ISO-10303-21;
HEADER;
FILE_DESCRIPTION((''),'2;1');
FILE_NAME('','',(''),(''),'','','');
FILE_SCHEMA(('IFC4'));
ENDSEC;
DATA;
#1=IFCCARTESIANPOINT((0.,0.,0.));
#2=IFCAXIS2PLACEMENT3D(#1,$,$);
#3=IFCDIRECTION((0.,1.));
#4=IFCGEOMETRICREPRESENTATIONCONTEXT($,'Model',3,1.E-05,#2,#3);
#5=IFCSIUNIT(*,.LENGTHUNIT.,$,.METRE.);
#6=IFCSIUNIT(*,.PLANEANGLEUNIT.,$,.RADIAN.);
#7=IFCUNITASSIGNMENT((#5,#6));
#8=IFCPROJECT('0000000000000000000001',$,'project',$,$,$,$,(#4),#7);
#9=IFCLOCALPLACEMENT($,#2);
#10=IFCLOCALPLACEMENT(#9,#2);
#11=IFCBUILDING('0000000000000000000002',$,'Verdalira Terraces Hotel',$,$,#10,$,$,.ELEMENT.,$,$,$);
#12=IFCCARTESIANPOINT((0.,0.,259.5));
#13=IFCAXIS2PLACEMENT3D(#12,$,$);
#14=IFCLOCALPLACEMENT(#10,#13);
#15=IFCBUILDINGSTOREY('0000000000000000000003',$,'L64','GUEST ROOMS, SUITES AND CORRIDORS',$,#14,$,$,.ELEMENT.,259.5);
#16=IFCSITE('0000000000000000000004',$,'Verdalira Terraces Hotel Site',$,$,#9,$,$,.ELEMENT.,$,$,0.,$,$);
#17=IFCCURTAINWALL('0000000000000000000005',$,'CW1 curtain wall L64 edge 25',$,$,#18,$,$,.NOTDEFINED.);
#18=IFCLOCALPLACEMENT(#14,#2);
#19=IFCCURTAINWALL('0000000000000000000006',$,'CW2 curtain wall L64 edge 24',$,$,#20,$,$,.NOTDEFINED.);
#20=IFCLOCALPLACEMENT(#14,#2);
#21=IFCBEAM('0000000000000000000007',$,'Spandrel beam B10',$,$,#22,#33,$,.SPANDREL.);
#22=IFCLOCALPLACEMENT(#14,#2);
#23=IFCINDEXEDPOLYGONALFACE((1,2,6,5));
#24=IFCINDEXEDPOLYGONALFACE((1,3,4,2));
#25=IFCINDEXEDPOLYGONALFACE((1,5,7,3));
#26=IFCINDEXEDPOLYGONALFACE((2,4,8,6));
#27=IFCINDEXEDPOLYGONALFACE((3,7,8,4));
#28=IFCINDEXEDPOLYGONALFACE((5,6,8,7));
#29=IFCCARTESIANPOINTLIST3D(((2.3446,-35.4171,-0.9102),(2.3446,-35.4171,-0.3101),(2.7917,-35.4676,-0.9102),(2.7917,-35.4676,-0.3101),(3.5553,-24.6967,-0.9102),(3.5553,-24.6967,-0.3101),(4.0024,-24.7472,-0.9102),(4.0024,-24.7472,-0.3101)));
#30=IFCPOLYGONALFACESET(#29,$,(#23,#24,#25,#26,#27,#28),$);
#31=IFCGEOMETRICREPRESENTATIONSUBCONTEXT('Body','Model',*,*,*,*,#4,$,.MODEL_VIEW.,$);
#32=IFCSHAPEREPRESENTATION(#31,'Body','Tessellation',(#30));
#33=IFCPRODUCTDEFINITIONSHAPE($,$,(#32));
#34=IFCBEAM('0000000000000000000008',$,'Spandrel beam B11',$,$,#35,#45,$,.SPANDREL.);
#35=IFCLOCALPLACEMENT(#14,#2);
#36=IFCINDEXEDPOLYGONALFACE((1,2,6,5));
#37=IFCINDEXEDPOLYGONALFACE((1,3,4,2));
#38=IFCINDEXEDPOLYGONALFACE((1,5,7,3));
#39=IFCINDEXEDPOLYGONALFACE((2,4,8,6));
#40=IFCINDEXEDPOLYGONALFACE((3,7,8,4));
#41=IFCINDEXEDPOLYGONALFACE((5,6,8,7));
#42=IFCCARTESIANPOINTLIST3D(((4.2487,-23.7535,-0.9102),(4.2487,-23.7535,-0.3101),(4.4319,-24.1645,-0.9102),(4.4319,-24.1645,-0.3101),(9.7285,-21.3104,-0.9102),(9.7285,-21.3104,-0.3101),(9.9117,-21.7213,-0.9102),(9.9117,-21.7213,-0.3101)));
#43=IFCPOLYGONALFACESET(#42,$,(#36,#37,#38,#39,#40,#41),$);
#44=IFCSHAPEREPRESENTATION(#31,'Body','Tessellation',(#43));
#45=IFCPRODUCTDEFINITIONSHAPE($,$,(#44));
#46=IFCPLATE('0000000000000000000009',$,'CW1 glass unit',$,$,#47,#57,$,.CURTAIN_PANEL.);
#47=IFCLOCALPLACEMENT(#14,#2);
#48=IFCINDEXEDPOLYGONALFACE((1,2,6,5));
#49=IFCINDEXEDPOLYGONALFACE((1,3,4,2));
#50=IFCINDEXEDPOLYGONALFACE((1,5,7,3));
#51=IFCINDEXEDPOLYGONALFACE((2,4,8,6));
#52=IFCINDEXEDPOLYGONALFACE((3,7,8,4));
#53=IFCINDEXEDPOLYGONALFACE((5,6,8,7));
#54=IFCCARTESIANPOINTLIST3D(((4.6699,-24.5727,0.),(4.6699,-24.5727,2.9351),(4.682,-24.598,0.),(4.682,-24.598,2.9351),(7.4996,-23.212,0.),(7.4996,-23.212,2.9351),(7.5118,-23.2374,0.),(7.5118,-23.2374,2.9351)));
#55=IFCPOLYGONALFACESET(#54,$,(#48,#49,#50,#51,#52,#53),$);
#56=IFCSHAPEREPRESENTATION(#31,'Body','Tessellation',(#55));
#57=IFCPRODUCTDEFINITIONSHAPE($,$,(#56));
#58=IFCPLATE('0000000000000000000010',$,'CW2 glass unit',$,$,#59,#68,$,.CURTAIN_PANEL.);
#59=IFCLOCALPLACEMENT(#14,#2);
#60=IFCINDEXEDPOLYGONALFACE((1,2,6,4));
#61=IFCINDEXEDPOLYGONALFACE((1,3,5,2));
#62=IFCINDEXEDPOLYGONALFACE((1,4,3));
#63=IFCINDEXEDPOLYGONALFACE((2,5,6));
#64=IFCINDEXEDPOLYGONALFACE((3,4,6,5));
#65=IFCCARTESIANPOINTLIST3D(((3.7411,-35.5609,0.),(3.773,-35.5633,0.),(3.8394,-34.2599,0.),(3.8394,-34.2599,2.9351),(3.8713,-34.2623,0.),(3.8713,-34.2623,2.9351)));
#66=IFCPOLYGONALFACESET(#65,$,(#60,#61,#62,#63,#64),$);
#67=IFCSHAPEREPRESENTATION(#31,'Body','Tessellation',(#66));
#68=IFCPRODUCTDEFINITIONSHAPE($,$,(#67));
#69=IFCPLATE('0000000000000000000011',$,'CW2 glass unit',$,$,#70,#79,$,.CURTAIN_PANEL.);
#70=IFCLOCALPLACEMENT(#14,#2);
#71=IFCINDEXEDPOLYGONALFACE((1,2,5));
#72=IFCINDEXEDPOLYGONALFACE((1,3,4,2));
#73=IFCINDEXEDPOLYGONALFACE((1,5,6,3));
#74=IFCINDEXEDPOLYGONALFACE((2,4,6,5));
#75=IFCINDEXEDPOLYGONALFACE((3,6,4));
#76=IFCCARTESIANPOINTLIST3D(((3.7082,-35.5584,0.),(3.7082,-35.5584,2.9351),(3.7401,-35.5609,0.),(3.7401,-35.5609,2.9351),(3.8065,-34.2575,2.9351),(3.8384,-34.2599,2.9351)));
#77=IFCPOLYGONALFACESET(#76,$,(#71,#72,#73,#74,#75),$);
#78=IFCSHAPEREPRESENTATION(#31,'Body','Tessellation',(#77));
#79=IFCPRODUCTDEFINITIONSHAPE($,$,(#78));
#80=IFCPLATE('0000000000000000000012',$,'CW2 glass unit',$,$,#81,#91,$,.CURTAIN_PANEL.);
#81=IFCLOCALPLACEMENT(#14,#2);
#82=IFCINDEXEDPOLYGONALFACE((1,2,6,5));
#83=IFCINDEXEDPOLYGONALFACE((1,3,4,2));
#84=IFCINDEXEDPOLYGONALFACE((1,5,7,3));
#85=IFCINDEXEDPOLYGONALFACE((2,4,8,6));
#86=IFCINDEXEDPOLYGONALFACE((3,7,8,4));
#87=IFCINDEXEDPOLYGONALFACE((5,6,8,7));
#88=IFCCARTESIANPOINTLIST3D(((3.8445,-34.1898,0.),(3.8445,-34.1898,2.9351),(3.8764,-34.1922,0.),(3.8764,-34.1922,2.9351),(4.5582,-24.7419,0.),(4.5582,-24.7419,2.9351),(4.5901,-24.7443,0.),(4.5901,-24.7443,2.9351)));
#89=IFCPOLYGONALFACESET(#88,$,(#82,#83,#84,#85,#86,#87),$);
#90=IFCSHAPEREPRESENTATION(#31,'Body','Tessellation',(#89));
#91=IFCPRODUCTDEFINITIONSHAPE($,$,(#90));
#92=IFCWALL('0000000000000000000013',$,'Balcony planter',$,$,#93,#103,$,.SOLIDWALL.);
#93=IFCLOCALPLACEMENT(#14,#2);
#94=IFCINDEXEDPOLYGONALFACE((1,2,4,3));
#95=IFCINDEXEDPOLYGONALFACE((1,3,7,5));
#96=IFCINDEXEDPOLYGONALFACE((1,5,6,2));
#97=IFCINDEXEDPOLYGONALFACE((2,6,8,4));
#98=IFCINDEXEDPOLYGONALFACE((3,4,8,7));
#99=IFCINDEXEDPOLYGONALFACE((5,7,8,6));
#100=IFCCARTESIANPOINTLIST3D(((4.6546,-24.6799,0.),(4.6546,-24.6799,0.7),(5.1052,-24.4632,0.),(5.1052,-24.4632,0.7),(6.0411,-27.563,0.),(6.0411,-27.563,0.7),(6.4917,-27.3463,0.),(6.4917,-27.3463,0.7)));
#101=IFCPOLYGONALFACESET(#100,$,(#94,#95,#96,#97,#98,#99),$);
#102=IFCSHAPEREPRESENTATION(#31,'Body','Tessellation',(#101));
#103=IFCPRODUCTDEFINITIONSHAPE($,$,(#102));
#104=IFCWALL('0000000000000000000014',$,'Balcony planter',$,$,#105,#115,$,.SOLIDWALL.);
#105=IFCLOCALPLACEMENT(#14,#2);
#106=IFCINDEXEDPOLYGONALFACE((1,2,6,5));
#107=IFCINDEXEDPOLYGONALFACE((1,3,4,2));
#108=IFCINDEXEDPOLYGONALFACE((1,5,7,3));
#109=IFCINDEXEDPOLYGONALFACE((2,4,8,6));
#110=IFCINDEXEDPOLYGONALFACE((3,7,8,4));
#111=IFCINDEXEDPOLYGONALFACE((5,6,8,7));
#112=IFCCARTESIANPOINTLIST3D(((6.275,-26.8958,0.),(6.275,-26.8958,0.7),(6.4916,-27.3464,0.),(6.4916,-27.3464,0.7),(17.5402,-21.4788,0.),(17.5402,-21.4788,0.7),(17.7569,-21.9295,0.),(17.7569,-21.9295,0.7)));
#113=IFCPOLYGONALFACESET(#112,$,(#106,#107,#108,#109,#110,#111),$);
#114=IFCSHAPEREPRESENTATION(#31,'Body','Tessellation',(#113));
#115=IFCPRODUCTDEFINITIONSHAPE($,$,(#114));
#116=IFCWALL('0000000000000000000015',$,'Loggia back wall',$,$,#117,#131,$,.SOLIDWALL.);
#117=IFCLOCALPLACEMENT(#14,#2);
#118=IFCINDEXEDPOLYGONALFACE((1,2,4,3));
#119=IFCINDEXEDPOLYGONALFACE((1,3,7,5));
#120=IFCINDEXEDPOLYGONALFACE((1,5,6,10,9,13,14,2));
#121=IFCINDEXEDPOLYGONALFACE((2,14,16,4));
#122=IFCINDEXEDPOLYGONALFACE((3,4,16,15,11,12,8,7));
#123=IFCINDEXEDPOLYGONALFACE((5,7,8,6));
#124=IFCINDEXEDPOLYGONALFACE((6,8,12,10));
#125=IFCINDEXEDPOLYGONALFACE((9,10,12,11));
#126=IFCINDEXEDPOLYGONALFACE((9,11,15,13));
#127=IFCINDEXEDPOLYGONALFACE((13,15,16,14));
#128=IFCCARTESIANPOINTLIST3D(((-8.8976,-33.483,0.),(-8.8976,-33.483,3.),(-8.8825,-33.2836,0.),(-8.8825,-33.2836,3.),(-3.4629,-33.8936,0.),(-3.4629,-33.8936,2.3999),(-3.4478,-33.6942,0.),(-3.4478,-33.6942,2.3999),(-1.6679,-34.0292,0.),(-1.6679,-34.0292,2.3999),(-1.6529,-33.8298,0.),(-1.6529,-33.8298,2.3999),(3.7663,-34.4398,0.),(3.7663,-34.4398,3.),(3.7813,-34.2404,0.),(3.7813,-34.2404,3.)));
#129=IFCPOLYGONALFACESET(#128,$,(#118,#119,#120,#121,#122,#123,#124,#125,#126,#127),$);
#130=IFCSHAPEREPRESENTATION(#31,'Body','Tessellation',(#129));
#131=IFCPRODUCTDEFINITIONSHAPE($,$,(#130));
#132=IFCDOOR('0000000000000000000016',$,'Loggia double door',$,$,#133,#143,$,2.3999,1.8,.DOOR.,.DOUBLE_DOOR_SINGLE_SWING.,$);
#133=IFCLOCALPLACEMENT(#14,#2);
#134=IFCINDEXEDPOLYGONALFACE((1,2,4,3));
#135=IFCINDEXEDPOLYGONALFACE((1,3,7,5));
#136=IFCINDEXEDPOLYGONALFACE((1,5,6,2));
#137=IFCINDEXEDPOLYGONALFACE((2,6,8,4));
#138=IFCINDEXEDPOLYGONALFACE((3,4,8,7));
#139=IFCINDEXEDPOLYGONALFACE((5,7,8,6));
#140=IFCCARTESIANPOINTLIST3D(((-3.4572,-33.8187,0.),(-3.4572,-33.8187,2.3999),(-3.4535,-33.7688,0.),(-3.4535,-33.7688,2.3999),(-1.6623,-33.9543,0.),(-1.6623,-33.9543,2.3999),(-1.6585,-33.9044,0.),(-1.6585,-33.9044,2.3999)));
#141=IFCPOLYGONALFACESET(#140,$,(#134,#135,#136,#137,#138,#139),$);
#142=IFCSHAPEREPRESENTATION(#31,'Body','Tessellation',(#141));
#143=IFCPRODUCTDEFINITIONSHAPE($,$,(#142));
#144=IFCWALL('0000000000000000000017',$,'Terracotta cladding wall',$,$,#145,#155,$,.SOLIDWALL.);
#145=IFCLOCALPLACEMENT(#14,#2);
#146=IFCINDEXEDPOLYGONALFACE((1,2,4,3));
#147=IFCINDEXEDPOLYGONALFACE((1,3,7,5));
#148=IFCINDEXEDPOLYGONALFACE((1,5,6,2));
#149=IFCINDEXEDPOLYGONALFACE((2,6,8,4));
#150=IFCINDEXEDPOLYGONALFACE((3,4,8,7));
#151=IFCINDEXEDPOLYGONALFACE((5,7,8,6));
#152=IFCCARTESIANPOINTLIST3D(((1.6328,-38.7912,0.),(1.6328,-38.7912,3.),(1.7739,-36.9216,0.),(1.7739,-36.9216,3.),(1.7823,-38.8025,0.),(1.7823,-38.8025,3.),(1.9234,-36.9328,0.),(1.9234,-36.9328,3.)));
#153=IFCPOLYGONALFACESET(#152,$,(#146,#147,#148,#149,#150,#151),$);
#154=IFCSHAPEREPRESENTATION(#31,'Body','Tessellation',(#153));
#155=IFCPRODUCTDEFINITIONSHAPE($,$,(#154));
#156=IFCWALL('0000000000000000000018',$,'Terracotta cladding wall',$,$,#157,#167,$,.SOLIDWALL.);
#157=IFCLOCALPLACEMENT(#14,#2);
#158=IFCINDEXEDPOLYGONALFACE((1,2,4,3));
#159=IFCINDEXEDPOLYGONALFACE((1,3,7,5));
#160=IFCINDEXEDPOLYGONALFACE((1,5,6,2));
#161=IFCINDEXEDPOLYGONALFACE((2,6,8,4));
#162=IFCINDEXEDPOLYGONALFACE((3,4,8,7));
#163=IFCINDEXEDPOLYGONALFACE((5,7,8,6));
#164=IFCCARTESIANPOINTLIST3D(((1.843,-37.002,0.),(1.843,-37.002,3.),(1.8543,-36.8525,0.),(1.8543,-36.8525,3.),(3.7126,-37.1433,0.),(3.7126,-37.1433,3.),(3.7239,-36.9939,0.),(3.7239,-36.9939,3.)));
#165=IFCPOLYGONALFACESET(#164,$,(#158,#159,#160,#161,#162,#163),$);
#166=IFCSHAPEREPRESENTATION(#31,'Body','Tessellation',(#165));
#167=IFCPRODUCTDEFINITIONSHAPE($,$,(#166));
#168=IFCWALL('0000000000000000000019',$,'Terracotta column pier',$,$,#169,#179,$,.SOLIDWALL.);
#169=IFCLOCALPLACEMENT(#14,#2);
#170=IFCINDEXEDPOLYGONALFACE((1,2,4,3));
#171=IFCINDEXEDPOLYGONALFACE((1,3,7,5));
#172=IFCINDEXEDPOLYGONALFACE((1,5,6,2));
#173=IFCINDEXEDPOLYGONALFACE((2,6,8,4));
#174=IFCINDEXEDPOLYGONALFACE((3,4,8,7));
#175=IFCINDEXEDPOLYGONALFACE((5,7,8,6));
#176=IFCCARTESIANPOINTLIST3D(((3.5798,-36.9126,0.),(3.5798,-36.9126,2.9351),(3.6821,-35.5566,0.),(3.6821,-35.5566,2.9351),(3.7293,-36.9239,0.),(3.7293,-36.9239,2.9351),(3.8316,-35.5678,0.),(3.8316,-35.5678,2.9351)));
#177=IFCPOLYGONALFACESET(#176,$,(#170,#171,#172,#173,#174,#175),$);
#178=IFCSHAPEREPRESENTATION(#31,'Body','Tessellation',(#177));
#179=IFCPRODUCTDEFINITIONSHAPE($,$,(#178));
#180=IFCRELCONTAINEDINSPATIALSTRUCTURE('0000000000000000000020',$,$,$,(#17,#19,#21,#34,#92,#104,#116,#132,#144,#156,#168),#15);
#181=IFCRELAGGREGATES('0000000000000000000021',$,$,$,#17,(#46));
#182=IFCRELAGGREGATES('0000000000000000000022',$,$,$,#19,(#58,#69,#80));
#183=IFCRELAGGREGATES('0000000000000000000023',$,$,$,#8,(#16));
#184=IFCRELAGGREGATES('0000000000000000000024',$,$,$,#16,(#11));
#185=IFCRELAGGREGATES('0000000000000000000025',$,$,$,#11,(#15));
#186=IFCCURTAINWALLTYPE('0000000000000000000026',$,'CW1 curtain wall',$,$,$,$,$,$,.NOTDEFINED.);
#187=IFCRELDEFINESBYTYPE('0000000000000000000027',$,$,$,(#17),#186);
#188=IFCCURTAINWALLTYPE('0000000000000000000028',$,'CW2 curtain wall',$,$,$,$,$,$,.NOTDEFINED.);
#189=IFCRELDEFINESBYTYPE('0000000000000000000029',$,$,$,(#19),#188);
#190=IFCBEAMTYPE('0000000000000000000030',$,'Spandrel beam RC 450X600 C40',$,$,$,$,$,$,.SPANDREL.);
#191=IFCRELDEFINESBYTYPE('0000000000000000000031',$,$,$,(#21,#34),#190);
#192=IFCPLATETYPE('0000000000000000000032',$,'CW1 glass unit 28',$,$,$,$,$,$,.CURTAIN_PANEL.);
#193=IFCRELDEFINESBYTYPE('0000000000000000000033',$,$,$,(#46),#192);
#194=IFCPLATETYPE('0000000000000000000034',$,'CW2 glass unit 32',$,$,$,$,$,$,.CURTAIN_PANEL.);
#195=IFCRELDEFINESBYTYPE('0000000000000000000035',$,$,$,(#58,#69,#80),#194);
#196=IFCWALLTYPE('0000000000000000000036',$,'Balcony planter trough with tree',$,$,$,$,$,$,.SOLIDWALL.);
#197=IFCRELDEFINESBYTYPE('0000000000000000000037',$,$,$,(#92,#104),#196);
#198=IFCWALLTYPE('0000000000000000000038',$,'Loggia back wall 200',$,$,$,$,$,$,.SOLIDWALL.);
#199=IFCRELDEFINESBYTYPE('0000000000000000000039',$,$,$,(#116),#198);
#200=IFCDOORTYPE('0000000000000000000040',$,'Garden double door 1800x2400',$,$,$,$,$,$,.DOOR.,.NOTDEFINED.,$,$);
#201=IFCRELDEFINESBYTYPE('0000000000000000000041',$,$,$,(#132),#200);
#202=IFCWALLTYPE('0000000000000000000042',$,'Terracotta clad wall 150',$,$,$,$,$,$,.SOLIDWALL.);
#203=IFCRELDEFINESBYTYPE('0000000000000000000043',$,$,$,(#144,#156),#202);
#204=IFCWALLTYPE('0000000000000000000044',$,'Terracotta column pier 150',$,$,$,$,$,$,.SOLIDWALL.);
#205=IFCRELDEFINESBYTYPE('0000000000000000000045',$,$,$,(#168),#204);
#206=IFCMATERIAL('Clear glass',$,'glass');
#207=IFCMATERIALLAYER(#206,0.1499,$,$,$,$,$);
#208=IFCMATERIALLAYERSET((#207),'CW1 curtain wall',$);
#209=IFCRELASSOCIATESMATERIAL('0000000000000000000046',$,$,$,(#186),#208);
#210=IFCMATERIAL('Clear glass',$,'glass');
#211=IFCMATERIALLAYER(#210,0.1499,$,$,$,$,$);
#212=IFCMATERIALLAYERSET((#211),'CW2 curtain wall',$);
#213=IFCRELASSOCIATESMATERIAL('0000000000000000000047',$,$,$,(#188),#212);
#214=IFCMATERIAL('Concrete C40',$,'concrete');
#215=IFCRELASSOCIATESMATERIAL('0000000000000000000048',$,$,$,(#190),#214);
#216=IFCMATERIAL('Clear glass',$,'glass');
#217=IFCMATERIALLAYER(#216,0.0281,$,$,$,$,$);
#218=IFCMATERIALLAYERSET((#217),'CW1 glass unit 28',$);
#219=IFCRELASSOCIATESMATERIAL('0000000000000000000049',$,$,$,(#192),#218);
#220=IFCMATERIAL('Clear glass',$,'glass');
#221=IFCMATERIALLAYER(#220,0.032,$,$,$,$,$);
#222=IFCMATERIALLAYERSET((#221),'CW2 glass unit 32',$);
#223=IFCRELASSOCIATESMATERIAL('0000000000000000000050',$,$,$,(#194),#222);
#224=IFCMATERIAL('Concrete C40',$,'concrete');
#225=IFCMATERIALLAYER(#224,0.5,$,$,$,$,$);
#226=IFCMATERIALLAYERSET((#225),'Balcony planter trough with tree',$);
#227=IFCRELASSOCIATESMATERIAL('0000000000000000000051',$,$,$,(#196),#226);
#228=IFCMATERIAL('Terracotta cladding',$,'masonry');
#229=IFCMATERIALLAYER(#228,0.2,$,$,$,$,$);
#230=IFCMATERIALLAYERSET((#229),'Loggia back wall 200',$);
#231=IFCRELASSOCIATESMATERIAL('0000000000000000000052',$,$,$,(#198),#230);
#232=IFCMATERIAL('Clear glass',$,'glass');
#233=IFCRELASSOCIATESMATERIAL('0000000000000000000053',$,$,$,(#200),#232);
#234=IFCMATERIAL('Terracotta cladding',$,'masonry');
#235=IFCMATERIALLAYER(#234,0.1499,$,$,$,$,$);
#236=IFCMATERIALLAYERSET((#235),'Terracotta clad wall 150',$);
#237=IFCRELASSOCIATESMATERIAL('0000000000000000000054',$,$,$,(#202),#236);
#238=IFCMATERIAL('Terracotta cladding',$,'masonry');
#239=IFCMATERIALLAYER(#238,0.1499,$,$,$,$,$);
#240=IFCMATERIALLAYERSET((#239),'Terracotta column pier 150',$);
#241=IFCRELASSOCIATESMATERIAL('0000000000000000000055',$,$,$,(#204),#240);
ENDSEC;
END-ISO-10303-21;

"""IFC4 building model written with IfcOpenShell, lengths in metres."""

from ifc_helpers import new_model, si_unit, direction, frame, frame_2d, origin, origin_2d, place, context, subcontext, project, spatial, polyline, rectangle, outline, extrude, material, layer, layer_set, material_profile, profile_set, type_object, element, fill, aggregate, save


model = new_model("IFC4")

# Units and contexts
model_context = context("Model", 3, precision=1e-05, world=origin(), true_north=direction((0.0, 1.0)))
body_context = subcontext(model_context, "Body", "Model", "MODEL_VIEW")
ifc_project = project(units=[si_unit("LENGTHUNIT", "METRE"), si_unit("PLANEANGLEUNIT", "RADIAN")], contexts=[model_context])

# Site, building, storey
site_placement = place(None, origin())
site = spatial("IfcSite", under=ifc_project, at=site_placement, Name="Verdalira Terraces Hotel Site", CompositionType="ELEMENT", RefElevation=0.0)
building_placement = place(site_placement, origin())
building = spatial("IfcBuilding", under=site, at=building_placement, Name="Verdalira Terraces Hotel", CompositionType="ELEMENT")
storey_placement = place(building_placement, frame((0.0, 0.0, 259.5)))
storey = spatial("IfcBuildingStorey", under=building, at=storey_placement, Name="L64", Description="GUEST ROOMS, SUITES AND CORRIDORS", CompositionType="ELEMENT", Elevation=259.5)

# Curtain walls
ifc_material_1 = material(Name="Clear glass", Category="glass")
ifc_layer_1 = layer(ifc_material_1, 0.1499)
ifc_layer_set_1 = layer_set([ifc_layer_1], Name="CW1 curtain wall")
curtain_wall_type_1 = type_object("IfcCurtainWallType", Name="CW1 curtain wall", PredefinedType="NOTDEFINED", material=ifc_layer_set_1)
curtain_wall_1_placement = place(storey_placement, origin())
curtain_wall_1 = element("IfcCurtainWall", 1, at=curtain_wall_1_placement, inside=storey, type_object=curtain_wall_type_1, Name="CW1 curtain wall L64 edge 25", PredefinedType="NOTDEFINED")
ifc_material_2 = material(Name="Clear glass", Category="glass")
ifc_layer_2 = layer(ifc_material_2, 0.1499)
ifc_layer_set_2 = layer_set([ifc_layer_2], Name="CW2 curtain wall")
curtain_wall_type_2 = type_object("IfcCurtainWallType", Name="CW2 curtain wall", PredefinedType="NOTDEFINED", material=ifc_layer_set_2)
curtain_wall_2_placement = place(storey_placement, origin())
curtain_wall_2 = element("IfcCurtainWall", 2, at=curtain_wall_2_placement, inside=storey, type_object=curtain_wall_type_2, Name="CW2 curtain wall L64 edge 24", PredefinedType="NOTDEFINED")

# Beams
ifc_material_3 = material(Name="Concrete C40", Category="concrete")
ifc_material_profile_1 = material_profile(ifc_material_3, rectangle(XDim=0.45, YDim=0.6001, at=origin_2d()), Name="RC 450X600")
ifc_profile_set_1 = profile_set([ifc_material_profile_1], Name="Concrete C40")
beam_type_1 = type_object("IfcBeamType", Name="Spandrel beam RC 450X600 C40", PredefinedType="SPANDREL", material=ifc_profile_set_1)
beam_1_placement = place(storey_placement, frame((2.5681, -35.4424, -0.6101), z_axis=(0.11222, 0.993683, 0.0), x_axis=(-0.993683, 0.11222, 0.0)))
element("IfcBeam", 3, at=beam_1_placement, inside=storey, type_object=beam_type_1, Name="Spandrel beam B10", PredefinedType="SPANDREL", context=body_context, shape_type="SweptSolid", body=[
    extrude(rectangle(XDim=0.45, YDim=0.6001, at=origin_2d()), origin(), (0.0, 0.0, 1.0), 10.7886),
])
beam_2_placement = place(storey_placement, frame((4.3403, -23.959, -0.6101), z_axis=(0.913336, 0.407207, 0.0), x_axis=(-0.407207, 0.913336, 0.0)))
element("IfcBeam", 4, at=beam_2_placement, inside=storey, type_object=beam_type_1, Name="Spandrel beam B11", PredefinedType="SPANDREL", context=body_context, shape_type="SweptSolid", body=[
    extrude(rectangle(XDim=0.45, YDim=0.6001, at=origin_2d()), origin(), (0.0, 0.0, 1.0), 5.9998),
])

# Plates
ifc_material_4 = material(Name="Clear glass", Category="glass")
ifc_layer_3 = layer(ifc_material_4, 0.0281)
ifc_layer_set_3 = layer_set([ifc_layer_3], Name="CW1 glass unit 28")
plate_type_1 = type_object("IfcPlateType", Name="CW1 glass unit 28", PredefinedType="CURTAIN_PANEL", material=ifc_layer_set_3)
plate_1_placement = place(storey_placement, frame((6.0908, -23.905, 0.0), z_axis=(0.0, 0.0, 1.0), x_axis=(0.901228, 0.433345, 0.0)))
plate_1 = element("IfcPlate", 5, at=plate_1_placement, type_object=plate_type_1, Name="CW1 glass unit", PredefinedType="CURTAIN_PANEL", context=body_context, shape_type="SweptSolid", body=[
    extrude(rectangle(XDim=3.1399, YDim=0.0281, at=origin_2d()), origin(), (0.0, 0.0, 1.0), 2.9351),
])
aggregate(curtain_wall_1, [plate_1])
ifc_material_5 = material(Name="Clear glass", Category="glass")
ifc_layer_4 = layer(ifc_material_5, 0.032)
ifc_layer_set_4 = layer_set([ifc_layer_4], Name="CW2 glass unit 32")
plate_type_2 = type_object("IfcPlateType", Name="CW2 glass unit 32", PredefinedType="CURTAIN_PANEL", material=ifc_layer_set_4)
plate_2_placement = place(storey_placement, frame((3.7903, -34.9104, 1.4675), z_axis=(0.997159, -0.075327, 0.0), x_axis=(0.075327, 0.997159, 0.0)))
plate_2 = element("IfcPlate", 6, at=plate_2_placement, type_object=plate_type_2, Name="CW2 glass unit", PredefinedType="CURTAIN_PANEL", context=body_context, shape_type="SweptSolid", body=[
    extrude(outline(polyline([(-0.6523, -1.4675), (0.6523, -1.4675), (0.6523, 1.4675), (-0.6523, -1.4675)])), origin(), (0.0, 0.0, 1.0), 0.032),
])
plate_3_placement = place(storey_placement, frame((3.7573, -34.908, 1.4675), z_axis=(0.997159, -0.075327, 0.0), x_axis=(0.075327, 0.997159, 0.0)))
plate_3 = element("IfcPlate", 7, at=plate_3_placement, type_object=plate_type_2, Name="CW2 glass unit", PredefinedType="CURTAIN_PANEL", context=body_context, shape_type="SweptSolid", body=[
    extrude(outline(polyline([(-0.6523, -1.4675), (0.6523, 1.4675), (-0.6523, 1.4675), (-0.6523, -1.4675)])), origin(), (0.0, 0.0, 1.0), 0.032),
])
plate_4_placement = place(storey_placement, frame((4.2173, -29.467, 0.0), z_axis=(0.0, 0.0, 1.0), x_axis=(0.075327, 0.997159, 0.0)))
plate_4 = element("IfcPlate", 8, at=plate_4_placement, type_object=plate_type_2, Name="CW2 glass unit", PredefinedType="CURTAIN_PANEL", context=body_context, shape_type="SweptSolid", body=[
    extrude(rectangle(XDim=9.4749, YDim=0.032, at=origin_2d()), origin(), (0.0, 0.0, 1.0), 2.9351),
])
aggregate(curtain_wall_2, [plate_2, plate_3, plate_4])

# Walls
ifc_material_6 = material(Name="Concrete C40", Category="concrete")
ifc_layer_5 = layer(ifc_material_6, 0.5)
ifc_layer_set_5 = layer_set([ifc_layer_5], Name="Balcony planter trough with tree")
wall_type_1 = type_object("IfcWallType", Name="Balcony planter trough with tree", PredefinedType="SOLIDWALL", material=ifc_layer_set_5)
wall_1_placement = place(storey_placement, frame((4.8799, -24.5715, 0.0), z_axis=(0.0, 0.0, 1.0), x_axis=(0.433393, -0.901205, 0.0)))
element("IfcWall", 9, at=wall_1_placement, inside=storey, type_object=wall_type_1, Name="Balcony planter", PredefinedType="SOLIDWALL", context=body_context, shape_type="SweptSolid", body=[
    extrude(rectangle(XDim=3.1992, YDim=0.5, at=frame_2d((1.5996, 0.0))), origin(), (0.0, 0.0, 1.0), 0.7),
])
wall_2_placement = place(storey_placement, frame((6.3833, -27.1211, 0.0), z_axis=(0.0, 0.0, 1.0), x_axis=(0.901223, 0.433356, 0.0)))
element("IfcWall", 10, at=wall_2_placement, inside=storey, type_object=wall_type_1, Name="Balcony planter", PredefinedType="SOLIDWALL", context=body_context, shape_type="SweptSolid", body=[
    extrude(rectangle(XDim=12.5, YDim=0.5, at=frame_2d((6.25, 0.0))), origin(), (0.0, 0.0, 1.0), 0.7),
])

# Wall, opening, door
ifc_material_7 = material(Name="Terracotta cladding", Category="masonry")
ifc_layer_6 = layer(ifc_material_7, 0.2)
ifc_layer_set_6 = layer_set([ifc_layer_6], Name="Loggia back wall 200")
wall_type_2 = type_object("IfcWallType", Name="Loggia back wall 200", PredefinedType="SOLIDWALL", material=ifc_layer_set_6)
wall_3_placement = place(storey_placement, frame((3.7739, -34.3401, 0.0), z_axis=(0.0, 0.0, 1.0), x_axis=(-0.997158, 0.075338, 0.0)))
wall_3 = element("IfcWall", 11, at=wall_3_placement, inside=storey, type_object=wall_type_2, Name="Loggia back wall", PredefinedType="SOLIDWALL", context=body_context, shape_type="SweptSolid", body=[
    extrude(rectangle(XDim=12.7, YDim=0.2, at=frame_2d((6.3501, 0.0))), origin(), (0.0, 0.0, 1.0), 3.0),
])
opening_placement = place(wall_3_placement, frame((5.45, 0.0, 0.0)))
opening = element("IfcOpeningElement", 12, at=opening_placement, cuts=wall_3, PredefinedType="OPENING", context=body_context, shape_type="SweptSolid", body=[
    extrude(rectangle(XDim=1.8, YDim=2.3999, at=frame_2d((0.8999, 1.2))), frame((0.0, 0.1099, 0.0), z_axis=(0.0, -1.0, 0.0), x_axis=(1.0, 0.0, 0.0)), (0.0, 0.0, 1.0), 0.22),
])
ifc_material_8 = material(Name="Clear glass", Category="glass")
door_type = type_object("IfcDoorType", Name="Garden double door 1800x2400", OperationType="NOTDEFINED", PredefinedType="DOOR", material=ifc_material_8)
door_placement = place(opening_placement, origin())
door = element("IfcDoor", 13, at=door_placement, inside=storey, type_object=door_type, Name="Loggia double door", OperationType="DOUBLE_DOOR_SINGLE_SWING", OverallHeight=2.3999, OverallWidth=1.8, PredefinedType="DOOR", context=body_context, shape_type="SweptSolid", body=[
    extrude(rectangle(XDim=1.8, YDim=2.3999, at=frame_2d((0.8999, 1.2))), frame((0.0, 0.0249, 0.0), z_axis=(0.0, -1.0, 0.0), x_axis=(1.0, 0.0, 0.0)), (0.0, 0.0, 1.0), 0.05),
])
fill(opening, door)

# Walls
ifc_material_9 = material(Name="Terracotta cladding", Category="masonry")
ifc_layer_7 = layer(ifc_material_9, 0.1499)
ifc_layer_set_7 = layer_set([ifc_layer_7], Name="Terracotta clad wall 150")
wall_type_3 = type_object("IfcWallType", Name="Terracotta clad wall 150", PredefinedType="SOLIDWALL", material=ifc_layer_set_7)
for number, where, z_axis, x_axis, name in (
    (14, (1.7075, -38.7969, 0.0), (0.0, 0.0, 1.0), (0.075263, 0.997164, 0.0), "Terracotta cladding wall"),
    (15, (1.8486, -36.9272, 0.0), (0.0, 0.0, 1.0), (0.997154, -0.075392, 0.0), "Terracotta cladding wall"),
):
    element("IfcWall", number, at=place(storey_placement, frame(where, z_axis=z_axis, x_axis=x_axis)), inside=storey, type_object=wall_type_3, Name=name, PredefinedType="SOLIDWALL", context=body_context, shape_type="SweptSolid", body=[
        extrude(rectangle(XDim=1.875, YDim=0.1499, at=frame_2d((0.9375, 0.0))), origin(), (0.0, 0.0, 1.0), 3.0),
    ])
ifc_material_10 = material(Name="Terracotta cladding", Category="masonry")
ifc_layer_8 = layer(ifc_material_10, 0.1499)
ifc_layer_set_8 = layer_set([ifc_layer_8], Name="Terracotta column pier 150")
wall_type_4 = type_object("IfcWallType", Name="Terracotta column pier 150", PredefinedType="SOLIDWALL", material=ifc_layer_set_8)
wall_4_placement = place(storey_placement, frame((3.6545, -36.9182, 0.0), z_axis=(0.0, 0.0, 1.0), x_axis=(0.075227, 0.997166, 0.0)))
element("IfcWall", 16, at=wall_4_placement, inside=storey, type_object=wall_type_4, Name="Terracotta column pier", PredefinedType="SOLIDWALL", context=body_context, shape_type="SweptSolid", body=[
    extrude(rectangle(XDim=1.3599, YDim=0.1499, at=frame_2d((0.6799, 0.0))), origin(), (0.0, 0.0, 1.0), 2.9351),
])

save(model, "model.ifc")
